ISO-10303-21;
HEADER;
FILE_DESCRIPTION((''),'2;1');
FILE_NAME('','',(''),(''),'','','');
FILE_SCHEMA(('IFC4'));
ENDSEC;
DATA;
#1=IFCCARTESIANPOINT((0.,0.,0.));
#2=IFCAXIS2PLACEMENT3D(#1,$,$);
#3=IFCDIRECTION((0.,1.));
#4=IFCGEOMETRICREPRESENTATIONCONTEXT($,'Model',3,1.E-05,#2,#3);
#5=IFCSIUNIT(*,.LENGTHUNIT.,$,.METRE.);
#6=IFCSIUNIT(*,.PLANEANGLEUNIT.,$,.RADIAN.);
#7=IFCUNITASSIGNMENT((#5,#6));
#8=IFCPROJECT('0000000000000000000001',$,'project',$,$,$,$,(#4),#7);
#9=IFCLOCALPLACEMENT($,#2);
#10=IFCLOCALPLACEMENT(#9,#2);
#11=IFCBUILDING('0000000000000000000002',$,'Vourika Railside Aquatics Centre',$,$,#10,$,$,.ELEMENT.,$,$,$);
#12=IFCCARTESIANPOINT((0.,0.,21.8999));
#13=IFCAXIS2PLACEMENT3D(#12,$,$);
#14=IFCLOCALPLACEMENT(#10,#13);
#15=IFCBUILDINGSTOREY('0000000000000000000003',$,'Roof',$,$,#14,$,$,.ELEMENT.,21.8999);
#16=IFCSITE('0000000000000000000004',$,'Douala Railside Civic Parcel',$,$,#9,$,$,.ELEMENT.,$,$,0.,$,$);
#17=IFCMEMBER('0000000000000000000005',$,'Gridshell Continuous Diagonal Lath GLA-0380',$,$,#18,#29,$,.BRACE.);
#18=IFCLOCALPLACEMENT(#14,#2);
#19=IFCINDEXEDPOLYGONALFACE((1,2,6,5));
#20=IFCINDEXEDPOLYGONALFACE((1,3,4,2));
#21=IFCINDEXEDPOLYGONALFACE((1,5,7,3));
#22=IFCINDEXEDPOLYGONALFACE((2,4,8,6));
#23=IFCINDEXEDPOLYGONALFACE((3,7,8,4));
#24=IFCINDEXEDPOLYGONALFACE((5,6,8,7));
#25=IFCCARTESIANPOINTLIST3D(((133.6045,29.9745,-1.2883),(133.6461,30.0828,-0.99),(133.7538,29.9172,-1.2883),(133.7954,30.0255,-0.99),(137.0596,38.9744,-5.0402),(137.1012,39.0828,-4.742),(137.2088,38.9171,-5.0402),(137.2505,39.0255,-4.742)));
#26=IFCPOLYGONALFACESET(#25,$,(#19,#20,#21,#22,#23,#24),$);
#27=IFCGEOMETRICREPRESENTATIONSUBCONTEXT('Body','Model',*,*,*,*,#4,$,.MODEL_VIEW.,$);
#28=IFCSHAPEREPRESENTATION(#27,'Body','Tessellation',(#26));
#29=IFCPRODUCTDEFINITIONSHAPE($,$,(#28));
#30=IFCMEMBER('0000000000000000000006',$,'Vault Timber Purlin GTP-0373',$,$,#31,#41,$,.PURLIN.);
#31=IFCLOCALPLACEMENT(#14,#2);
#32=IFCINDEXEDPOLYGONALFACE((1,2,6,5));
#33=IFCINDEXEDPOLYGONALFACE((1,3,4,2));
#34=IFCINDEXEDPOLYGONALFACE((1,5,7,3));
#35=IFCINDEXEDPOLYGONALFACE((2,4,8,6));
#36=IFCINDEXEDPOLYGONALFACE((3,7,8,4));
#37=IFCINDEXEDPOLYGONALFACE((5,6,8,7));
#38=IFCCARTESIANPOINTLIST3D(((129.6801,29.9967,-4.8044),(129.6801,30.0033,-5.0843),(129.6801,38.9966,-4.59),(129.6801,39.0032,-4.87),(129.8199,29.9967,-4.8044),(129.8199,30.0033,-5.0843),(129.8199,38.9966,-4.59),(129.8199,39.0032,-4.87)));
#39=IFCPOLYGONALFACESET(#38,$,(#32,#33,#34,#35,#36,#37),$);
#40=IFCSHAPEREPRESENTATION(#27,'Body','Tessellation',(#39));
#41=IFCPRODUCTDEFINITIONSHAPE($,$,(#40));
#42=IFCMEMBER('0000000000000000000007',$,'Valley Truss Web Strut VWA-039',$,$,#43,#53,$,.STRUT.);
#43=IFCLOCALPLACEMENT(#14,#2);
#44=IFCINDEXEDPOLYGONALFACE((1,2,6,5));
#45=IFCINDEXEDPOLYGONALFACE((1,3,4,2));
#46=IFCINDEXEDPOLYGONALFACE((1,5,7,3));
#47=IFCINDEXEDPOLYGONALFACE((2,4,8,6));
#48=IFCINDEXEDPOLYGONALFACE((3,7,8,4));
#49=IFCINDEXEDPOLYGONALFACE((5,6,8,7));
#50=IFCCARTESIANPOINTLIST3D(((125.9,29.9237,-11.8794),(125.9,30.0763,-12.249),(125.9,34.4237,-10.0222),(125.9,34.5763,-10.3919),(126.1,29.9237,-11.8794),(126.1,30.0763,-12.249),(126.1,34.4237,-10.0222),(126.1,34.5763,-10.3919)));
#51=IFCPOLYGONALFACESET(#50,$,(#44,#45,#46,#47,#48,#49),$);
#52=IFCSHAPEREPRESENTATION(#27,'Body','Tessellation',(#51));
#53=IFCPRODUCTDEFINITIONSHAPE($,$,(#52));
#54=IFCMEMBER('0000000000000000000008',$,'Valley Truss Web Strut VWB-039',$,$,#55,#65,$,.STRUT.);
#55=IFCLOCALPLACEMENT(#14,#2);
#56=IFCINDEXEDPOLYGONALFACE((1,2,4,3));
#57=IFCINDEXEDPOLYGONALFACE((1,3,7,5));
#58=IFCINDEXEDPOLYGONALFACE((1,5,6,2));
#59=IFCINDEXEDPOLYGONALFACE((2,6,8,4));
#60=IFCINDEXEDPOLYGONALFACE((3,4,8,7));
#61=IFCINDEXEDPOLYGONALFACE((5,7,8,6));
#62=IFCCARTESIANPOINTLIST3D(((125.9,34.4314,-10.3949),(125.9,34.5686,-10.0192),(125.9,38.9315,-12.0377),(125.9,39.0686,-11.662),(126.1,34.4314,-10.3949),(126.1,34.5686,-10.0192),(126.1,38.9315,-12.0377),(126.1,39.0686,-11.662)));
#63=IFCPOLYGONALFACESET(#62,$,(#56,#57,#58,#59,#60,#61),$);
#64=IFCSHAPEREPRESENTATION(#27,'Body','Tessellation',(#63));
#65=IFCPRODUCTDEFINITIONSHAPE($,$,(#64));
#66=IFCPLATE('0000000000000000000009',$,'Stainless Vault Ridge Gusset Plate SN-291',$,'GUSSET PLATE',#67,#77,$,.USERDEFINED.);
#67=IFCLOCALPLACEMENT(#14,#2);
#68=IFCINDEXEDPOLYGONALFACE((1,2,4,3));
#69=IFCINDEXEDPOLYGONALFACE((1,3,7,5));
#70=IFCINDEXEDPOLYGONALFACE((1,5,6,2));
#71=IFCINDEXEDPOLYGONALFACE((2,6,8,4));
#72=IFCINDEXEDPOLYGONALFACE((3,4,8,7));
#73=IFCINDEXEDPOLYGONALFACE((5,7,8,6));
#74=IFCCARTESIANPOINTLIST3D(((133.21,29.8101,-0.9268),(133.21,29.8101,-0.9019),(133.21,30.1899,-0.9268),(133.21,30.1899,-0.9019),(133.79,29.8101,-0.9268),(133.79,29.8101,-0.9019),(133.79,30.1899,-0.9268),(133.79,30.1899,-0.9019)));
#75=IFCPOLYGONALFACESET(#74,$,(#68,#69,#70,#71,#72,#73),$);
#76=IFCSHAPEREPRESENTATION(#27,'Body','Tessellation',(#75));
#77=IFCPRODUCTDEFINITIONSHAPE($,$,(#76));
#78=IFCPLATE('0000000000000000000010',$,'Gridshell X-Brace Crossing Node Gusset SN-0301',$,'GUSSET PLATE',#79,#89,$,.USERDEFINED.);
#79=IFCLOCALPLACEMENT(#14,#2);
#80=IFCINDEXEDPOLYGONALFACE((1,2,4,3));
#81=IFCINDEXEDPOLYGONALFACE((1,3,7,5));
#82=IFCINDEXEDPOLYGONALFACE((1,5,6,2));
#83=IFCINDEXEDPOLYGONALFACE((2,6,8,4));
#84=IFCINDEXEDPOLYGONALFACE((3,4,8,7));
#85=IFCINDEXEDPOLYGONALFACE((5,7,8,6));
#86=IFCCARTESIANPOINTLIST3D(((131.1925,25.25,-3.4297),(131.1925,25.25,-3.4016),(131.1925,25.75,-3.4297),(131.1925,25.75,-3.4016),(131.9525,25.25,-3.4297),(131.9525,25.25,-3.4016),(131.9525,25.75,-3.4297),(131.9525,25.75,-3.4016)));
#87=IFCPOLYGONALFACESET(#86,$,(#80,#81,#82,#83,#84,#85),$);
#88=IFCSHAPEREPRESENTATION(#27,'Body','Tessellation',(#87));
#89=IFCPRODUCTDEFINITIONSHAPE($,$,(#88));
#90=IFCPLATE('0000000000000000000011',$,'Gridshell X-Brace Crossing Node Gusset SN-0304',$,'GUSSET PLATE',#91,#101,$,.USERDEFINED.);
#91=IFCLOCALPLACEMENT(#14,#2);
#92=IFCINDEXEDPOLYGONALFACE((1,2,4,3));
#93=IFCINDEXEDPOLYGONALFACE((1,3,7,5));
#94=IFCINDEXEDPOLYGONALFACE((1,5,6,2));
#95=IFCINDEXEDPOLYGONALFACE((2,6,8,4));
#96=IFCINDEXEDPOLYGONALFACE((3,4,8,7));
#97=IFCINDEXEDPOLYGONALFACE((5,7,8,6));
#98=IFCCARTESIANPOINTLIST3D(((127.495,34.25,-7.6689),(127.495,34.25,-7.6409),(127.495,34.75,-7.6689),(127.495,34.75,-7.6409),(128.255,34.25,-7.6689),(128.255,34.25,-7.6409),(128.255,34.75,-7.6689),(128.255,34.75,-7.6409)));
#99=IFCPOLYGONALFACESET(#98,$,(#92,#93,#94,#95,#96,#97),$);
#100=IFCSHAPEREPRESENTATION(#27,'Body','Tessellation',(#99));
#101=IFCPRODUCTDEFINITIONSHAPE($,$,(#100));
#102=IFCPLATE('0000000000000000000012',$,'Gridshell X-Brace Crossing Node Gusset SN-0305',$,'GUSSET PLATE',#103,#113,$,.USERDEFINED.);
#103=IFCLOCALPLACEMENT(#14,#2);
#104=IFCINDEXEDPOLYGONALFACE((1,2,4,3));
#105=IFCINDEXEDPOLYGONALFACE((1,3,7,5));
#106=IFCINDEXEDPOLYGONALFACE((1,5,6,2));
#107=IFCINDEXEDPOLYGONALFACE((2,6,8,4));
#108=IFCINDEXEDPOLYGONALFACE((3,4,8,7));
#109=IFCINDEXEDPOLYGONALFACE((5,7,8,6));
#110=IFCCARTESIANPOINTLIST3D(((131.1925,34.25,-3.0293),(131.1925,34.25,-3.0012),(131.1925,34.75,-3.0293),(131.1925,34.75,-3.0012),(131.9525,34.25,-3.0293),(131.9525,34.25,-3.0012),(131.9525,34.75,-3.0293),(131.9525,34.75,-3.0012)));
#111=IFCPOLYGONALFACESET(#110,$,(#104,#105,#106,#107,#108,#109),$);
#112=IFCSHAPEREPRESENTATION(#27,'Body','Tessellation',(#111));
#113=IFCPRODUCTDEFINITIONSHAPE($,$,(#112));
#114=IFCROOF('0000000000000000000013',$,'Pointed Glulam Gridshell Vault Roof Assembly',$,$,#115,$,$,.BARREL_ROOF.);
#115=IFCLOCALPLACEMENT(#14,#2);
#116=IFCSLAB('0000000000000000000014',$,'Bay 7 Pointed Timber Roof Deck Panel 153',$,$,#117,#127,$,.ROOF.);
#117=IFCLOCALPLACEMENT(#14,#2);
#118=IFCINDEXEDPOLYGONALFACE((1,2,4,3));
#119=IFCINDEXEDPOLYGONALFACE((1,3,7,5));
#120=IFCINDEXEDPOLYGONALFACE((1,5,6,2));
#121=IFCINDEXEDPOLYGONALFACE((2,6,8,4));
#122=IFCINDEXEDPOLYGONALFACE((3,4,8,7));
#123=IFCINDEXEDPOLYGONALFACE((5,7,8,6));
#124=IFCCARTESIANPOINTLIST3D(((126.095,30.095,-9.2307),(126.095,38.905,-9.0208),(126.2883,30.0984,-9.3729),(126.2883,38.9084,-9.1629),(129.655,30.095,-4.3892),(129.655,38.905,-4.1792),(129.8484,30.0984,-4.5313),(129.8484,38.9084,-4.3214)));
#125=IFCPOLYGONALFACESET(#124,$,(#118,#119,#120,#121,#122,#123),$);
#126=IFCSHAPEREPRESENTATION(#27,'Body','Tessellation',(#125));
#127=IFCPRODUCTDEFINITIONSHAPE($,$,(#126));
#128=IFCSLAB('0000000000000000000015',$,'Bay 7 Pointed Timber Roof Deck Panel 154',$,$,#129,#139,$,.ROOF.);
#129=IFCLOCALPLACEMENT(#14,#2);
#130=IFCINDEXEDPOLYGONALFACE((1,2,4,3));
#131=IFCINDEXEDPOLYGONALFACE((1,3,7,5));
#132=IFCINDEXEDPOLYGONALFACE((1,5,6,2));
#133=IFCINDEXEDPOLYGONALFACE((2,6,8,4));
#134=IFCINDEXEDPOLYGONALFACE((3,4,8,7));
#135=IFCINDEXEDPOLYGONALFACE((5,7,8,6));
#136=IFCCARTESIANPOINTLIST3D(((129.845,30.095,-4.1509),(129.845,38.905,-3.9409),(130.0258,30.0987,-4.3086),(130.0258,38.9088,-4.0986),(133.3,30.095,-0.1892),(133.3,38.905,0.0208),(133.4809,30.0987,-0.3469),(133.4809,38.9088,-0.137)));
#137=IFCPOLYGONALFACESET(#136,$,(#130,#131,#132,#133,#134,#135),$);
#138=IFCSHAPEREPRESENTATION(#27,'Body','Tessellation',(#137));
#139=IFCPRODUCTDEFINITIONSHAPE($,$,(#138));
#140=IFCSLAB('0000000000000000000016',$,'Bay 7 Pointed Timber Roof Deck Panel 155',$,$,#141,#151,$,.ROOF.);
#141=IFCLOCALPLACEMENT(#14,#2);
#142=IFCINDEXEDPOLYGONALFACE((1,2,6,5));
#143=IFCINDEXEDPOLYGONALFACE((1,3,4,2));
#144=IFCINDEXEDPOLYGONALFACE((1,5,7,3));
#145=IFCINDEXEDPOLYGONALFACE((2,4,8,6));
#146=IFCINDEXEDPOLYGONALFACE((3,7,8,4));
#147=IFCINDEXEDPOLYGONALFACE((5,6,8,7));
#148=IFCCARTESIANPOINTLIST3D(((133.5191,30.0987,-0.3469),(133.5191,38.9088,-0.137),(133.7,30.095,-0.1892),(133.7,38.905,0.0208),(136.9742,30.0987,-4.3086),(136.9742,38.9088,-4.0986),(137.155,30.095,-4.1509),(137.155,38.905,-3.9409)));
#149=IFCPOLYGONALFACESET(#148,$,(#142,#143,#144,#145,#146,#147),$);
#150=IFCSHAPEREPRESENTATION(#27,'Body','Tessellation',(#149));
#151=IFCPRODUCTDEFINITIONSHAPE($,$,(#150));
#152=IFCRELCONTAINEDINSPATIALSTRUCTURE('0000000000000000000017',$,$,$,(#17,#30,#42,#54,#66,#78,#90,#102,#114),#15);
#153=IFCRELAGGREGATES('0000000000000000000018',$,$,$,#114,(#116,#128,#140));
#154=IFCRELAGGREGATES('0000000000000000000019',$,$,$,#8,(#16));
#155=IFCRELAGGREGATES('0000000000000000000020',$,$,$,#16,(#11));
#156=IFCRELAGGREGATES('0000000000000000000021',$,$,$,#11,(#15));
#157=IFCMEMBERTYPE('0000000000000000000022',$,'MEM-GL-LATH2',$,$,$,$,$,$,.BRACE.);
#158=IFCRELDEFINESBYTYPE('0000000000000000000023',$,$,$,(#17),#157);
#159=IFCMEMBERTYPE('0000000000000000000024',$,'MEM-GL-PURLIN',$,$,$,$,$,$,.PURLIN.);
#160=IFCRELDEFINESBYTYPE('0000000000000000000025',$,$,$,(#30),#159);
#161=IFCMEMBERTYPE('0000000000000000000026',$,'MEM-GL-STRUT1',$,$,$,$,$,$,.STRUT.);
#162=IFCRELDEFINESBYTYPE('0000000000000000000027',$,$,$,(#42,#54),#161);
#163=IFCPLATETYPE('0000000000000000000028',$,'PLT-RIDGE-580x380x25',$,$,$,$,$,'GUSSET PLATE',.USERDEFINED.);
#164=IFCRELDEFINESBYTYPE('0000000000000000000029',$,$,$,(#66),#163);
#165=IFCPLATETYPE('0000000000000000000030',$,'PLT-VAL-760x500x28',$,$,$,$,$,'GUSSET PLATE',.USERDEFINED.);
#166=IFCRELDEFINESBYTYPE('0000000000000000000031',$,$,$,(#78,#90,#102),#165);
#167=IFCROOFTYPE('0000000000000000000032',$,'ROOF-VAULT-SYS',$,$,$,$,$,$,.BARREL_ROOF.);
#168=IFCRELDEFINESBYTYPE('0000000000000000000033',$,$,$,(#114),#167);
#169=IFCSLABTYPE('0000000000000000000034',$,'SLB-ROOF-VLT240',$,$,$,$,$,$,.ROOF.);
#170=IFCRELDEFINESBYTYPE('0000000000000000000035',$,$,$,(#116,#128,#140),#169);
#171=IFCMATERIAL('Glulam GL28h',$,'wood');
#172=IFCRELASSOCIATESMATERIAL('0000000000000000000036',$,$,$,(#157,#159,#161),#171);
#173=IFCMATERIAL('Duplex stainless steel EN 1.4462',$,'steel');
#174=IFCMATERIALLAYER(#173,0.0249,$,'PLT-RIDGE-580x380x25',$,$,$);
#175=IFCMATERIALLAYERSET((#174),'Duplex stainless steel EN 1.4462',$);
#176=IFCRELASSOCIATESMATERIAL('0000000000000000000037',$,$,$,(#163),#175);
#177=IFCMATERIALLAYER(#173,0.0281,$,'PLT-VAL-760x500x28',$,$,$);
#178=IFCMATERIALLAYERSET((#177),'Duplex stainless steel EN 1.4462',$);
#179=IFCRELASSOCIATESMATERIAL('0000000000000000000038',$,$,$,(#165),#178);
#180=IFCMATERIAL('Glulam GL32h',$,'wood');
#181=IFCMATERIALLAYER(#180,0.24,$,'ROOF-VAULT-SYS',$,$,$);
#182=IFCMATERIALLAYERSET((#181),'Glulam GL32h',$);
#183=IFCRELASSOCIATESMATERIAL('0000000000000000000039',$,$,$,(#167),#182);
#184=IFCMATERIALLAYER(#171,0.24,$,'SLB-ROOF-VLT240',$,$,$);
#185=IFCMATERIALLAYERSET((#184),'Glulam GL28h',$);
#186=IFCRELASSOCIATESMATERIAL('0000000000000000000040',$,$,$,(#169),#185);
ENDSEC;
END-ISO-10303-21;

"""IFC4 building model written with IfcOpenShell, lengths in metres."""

from ifc_helpers import new_model, si_unit, direction, frame, origin, origin_2d, place, context, subcontext, project, spatial, polyline, rectangle, outline, extrude, material, layer, layer_set, material_profile, profile_set, type_object, element, aggregate, save


model = new_model("IFC4")

# Units and contexts
model_context = context("Model", 3, precision=1e-05, world=origin(), true_north=direction((0.0, 1.0)))
body_context = subcontext(model_context, "Body", "Model", "MODEL_VIEW")
ifc_project = project(units=[si_unit("LENGTHUNIT", "METRE"), si_unit("PLANEANGLEUNIT", "RADIAN")], contexts=[model_context])

# Site, building, storey
site_placement = place(None, origin())
site = spatial("IfcSite", under=ifc_project, at=site_placement, Name="Douala Railside Civic Parcel", CompositionType="ELEMENT", RefElevation=0.0)
building_placement = place(site_placement, origin())
building = spatial("IfcBuilding", under=site, at=building_placement, Name="Vourika Railside Aquatics Centre", CompositionType="ELEMENT")
storey_placement = place(building_placement, frame((0.0, 0.0, 21.8999)))
storey = spatial("IfcBuildingStorey", under=building, at=storey_placement, Name="Roof", CompositionType="ELEMENT", Elevation=21.8999)

# Shared definitions
ifc_material_1 = material(Name="Glulam GL32h", Category="wood")

# Members
ifc_material_2 = material(Name="Glulam GL28h", Category="wood")
ifc_material_profile_1 = material_profile(ifc_material_2, rectangle(XDim=0.1599, YDim=0.3201, at=origin_2d()), Name="GL28h 160x320")
ifc_profile_set_1 = profile_set([ifc_material_profile_1], Name="Glulam GL28h")
member_type_1 = type_object("IfcMemberType", Name="MEM-GL-LATH2", PredefinedType="BRACE", material=ifc_profile_set_1)
member_1_placement = place(storey_placement, frame((133.7, 30.0, -1.1392), z_axis=(0.333992, 0.870003, -0.36269), x_axis=(-0.93357, 0.358395, 0.0)))
element("IfcMember", 1, at=member_1_placement, inside=storey, type_object=member_type_1, Name="Gridshell Continuous Diagonal Lath GLA-0380", PredefinedType="BRACE", context=body_context, shape_type="SweptSolid", body=[
    extrude(rectangle(XDim=0.1599, YDim=0.3201, at=origin_2d()), origin(), (0.0, 0.0, 1.0), 10.3447),
])
ifc_material_profile_2 = material_profile(ifc_material_2, rectangle(XDim=0.1399, YDim=0.28, at=origin_2d()), Name="GL28h 140x280")
ifc_profile_set_2 = profile_set([ifc_material_profile_2], Name="Glulam GL28h")
member_type_2 = type_object("IfcMemberType", Name="MEM-GL-PURLIN", PredefinedType="PURLIN", material=ifc_profile_set_2)
member_2_placement = place(storey_placement, frame((129.75, 30.0, -4.9443), z_axis=(0.0, 0.999716, 0.023811), x_axis=(-1.0, 0.0, 0.0)))
element("IfcMember", 2, at=member_2_placement, inside=storey, type_object=member_type_2, Name="Vault Timber Purlin GTP-0373", PredefinedType="PURLIN", context=body_context, shape_type="SweptSolid", body=[
    extrude(rectangle(XDim=0.1399, YDim=0.28, at=origin_2d()), origin(), (0.0, 0.0, 1.0), 9.0024),
])
ifc_material_profile_3 = material_profile(ifc_material_2, rectangle(XDim=0.2, YDim=0.3999, at=origin_2d()), Name="GL28h 200x400")
ifc_profile_set_3 = profile_set([ifc_material_profile_3], Name="Glulam GL28h")
member_type_3 = type_object("IfcMemberType", Name="MEM-GL-STRUT1", PredefinedType="STRUT", material=ifc_profile_set_3)
member_3_placement = place(storey_placement, frame((126.0, 30.0, -12.0642), z_axis=(0.0, 0.924371, 0.381494), x_axis=(-1.0, 0.0, 0.0)))
element("IfcMember", 3, at=member_3_placement, inside=storey, type_object=member_type_3, Name="Valley Truss Web Strut VWA-039", PredefinedType="STRUT", context=body_context, shape_type="SweptSolid", body=[
    extrude(rectangle(XDim=0.2, YDim=0.3999, at=origin_2d()), origin(), (0.0, 0.0, 1.0), 4.8682),
])
member_4_placement = place(storey_placement, frame((126.0, 34.5, -10.207), z_axis=(0.0, 0.93936, -0.342934), x_axis=(-1.0, 0.0, 0.0)))
element("IfcMember", 4, at=member_4_placement, inside=storey, type_object=member_type_3, Name="Valley Truss Web Strut VWB-039", PredefinedType="STRUT", context=body_context, shape_type="SweptSolid", body=[
    extrude(rectangle(XDim=0.2, YDim=0.3999, at=origin_2d()), origin(), (0.0, 0.0, 1.0), 4.7905),
])

# Plates
ifc_material_3 = material(Name="Duplex stainless steel EN 1.4462", Category="steel")
ifc_layer_1 = layer(ifc_material_3, 0.0249, Name="PLT-RIDGE-580x380x25")
ifc_layer_set_1 = layer_set([ifc_layer_1], Name="Duplex stainless steel EN 1.4462")
plate_type_1 = type_object("IfcPlateType", Name="PLT-RIDGE-580x380x25", ElementType="GUSSET PLATE", PredefinedType="USERDEFINED", material=ifc_layer_set_1)
plate_placement = place(storey_placement, frame((133.5, 30.0, -0.9268), z_axis=(0.0, 0.0, 1.0), x_axis=(1.0, 0.0, 0.0)))
element("IfcPlate", 5, at=plate_placement, inside=storey, type_object=plate_type_1, Name="Stainless Vault Ridge Gusset Plate SN-291", ObjectType="GUSSET PLATE", PredefinedType="USERDEFINED", context=body_context, shape_type="SweptSolid", body=[
    extrude(rectangle(XDim=0.5801, YDim=0.3799, at=origin_2d()), origin(), (0.0, 0.0, 1.0), 0.0249),
])
ifc_layer_2 = layer(ifc_material_3, 0.0281, Name="PLT-VAL-760x500x28")
ifc_layer_set_2 = layer_set([ifc_layer_2], Name="Duplex stainless steel EN 1.4462")
plate_type_2 = type_object("IfcPlateType", Name="PLT-VAL-760x500x28", ElementType="GUSSET PLATE", PredefinedType="USERDEFINED", material=ifc_layer_set_2)
for number, where, z_axis, x_axis, name in (
    (6, (131.5725, 25.5, -3.4297), (0.0, 0.0, 1.0), (1.0, 0.0, 0.0), "Gridshell X-Brace Crossing Node Gusset SN-0301"),
    (7, (127.875, 34.5, -7.6689), (0.0, 0.0, 1.0), (1.0, 0.0, 0.0), "Gridshell X-Brace Crossing Node Gusset SN-0304"),
    (8, (131.5725, 34.5, -3.0293), (0.0, 0.0, 1.0), (1.0, 0.0, 0.0), "Gridshell X-Brace Crossing Node Gusset SN-0305"),
):
    element("IfcPlate", number, at=place(storey_placement, frame(where, z_axis=z_axis, x_axis=x_axis)), inside=storey, type_object=plate_type_2, Name=name, ObjectType="GUSSET PLATE", PredefinedType="USERDEFINED", context=body_context, shape_type="SweptSolid", body=[
        extrude(rectangle(XDim=0.76, YDim=0.5, at=origin_2d()), origin(), (0.0, 0.0, 1.0), 0.0281),
    ])

# Roof, slabs
ifc_layer_3 = layer(ifc_material_1, 0.24, Name="ROOF-VAULT-SYS")
ifc_layer_set_3 = layer_set([ifc_layer_3], Name="Glulam GL32h")
roof_type = type_object("IfcRoofType", Name="ROOF-VAULT-SYS", PredefinedType="BARREL_ROOF", material=ifc_layer_set_3)
roof_placement = place(storey_placement, origin())
roof = element("IfcRoof", 9, at=roof_placement, inside=storey, type_object=roof_type, Name="Pointed Glulam Gridshell Vault Roof Assembly", PredefinedType="BARREL_ROOF")
ifc_layer_4 = layer(ifc_material_2, 0.24, Name="SLB-ROOF-VLT240")
ifc_layer_set_4 = layer_set([ifc_layer_4], Name="Glulam GL28h")
slab_type = type_object("IfcSlabType", Name="SLB-ROOF-VLT240", PredefinedType="ROOF", material=ifc_layer_set_4)
slab_1_placement = place(storey_placement, frame((126.095, 30.095, -9.2307), z_axis=(-0.805563, -0.014117, 0.592342), x_axis=(0.592401, 0.0, 0.805644)))
slab_1 = element("IfcSlab", 10, at=slab_1_placement, type_object=slab_type, Name="Bay 7 Pointed Timber Roof Deck Panel 153", PredefinedType="ROOF", context=body_context, shape_type="SweptSolid", body=[
    extrude(outline(polyline([(0.0, 0.0), (6.0095, 0.0), (6.1787, 8.8109), (0.1692, 8.8109), (0.0, 0.0)])), origin(), (0.0, 0.0, -1.0), 0.24),
])
slab_2_placement = place(storey_placement, frame((129.845, 30.095, -4.1509), z_axis=(-0.753556, -0.015662, 0.657197), x_axis=(0.657277, 0.0, 0.753649)))
slab_2 = element("IfcSlab", 11, at=slab_2_placement, type_object=slab_type, Name="Bay 7 Pointed Timber Roof Deck Panel 154", PredefinedType="ROOF", context=body_context, shape_type="SweptSolid", body=[
    extrude(outline(polyline([(0.0, 0.0), (5.2567, 0.0), (5.4149, 8.8111), (0.1582, 8.8111), (0.0, 0.0)])), origin(), (0.0, 0.0, -1.0), 0.24),
])
slab_3_placement = place(storey_placement, frame((133.7, 30.095, -0.1892), z_axis=(0.753556, -0.015662, 0.657197), x_axis=(0.657277, 0.0, -0.753649)))
slab_3 = element("IfcSlab", 12, at=slab_3_placement, type_object=slab_type, Name="Bay 7 Pointed Timber Roof Deck Panel 155", PredefinedType="ROOF", context=body_context, shape_type="SweptSolid", body=[
    extrude(outline(polyline([(0.0, 0.0), (5.2567, 0.0), (5.0984, 8.8111), (-0.1582, 8.8111), (0.0, 0.0)])), origin(), (0.0, 0.0, -1.0), 0.24),
])
aggregate(roof, [slab_1, slab_2, slab_3])

save(model, "model.ifc")
